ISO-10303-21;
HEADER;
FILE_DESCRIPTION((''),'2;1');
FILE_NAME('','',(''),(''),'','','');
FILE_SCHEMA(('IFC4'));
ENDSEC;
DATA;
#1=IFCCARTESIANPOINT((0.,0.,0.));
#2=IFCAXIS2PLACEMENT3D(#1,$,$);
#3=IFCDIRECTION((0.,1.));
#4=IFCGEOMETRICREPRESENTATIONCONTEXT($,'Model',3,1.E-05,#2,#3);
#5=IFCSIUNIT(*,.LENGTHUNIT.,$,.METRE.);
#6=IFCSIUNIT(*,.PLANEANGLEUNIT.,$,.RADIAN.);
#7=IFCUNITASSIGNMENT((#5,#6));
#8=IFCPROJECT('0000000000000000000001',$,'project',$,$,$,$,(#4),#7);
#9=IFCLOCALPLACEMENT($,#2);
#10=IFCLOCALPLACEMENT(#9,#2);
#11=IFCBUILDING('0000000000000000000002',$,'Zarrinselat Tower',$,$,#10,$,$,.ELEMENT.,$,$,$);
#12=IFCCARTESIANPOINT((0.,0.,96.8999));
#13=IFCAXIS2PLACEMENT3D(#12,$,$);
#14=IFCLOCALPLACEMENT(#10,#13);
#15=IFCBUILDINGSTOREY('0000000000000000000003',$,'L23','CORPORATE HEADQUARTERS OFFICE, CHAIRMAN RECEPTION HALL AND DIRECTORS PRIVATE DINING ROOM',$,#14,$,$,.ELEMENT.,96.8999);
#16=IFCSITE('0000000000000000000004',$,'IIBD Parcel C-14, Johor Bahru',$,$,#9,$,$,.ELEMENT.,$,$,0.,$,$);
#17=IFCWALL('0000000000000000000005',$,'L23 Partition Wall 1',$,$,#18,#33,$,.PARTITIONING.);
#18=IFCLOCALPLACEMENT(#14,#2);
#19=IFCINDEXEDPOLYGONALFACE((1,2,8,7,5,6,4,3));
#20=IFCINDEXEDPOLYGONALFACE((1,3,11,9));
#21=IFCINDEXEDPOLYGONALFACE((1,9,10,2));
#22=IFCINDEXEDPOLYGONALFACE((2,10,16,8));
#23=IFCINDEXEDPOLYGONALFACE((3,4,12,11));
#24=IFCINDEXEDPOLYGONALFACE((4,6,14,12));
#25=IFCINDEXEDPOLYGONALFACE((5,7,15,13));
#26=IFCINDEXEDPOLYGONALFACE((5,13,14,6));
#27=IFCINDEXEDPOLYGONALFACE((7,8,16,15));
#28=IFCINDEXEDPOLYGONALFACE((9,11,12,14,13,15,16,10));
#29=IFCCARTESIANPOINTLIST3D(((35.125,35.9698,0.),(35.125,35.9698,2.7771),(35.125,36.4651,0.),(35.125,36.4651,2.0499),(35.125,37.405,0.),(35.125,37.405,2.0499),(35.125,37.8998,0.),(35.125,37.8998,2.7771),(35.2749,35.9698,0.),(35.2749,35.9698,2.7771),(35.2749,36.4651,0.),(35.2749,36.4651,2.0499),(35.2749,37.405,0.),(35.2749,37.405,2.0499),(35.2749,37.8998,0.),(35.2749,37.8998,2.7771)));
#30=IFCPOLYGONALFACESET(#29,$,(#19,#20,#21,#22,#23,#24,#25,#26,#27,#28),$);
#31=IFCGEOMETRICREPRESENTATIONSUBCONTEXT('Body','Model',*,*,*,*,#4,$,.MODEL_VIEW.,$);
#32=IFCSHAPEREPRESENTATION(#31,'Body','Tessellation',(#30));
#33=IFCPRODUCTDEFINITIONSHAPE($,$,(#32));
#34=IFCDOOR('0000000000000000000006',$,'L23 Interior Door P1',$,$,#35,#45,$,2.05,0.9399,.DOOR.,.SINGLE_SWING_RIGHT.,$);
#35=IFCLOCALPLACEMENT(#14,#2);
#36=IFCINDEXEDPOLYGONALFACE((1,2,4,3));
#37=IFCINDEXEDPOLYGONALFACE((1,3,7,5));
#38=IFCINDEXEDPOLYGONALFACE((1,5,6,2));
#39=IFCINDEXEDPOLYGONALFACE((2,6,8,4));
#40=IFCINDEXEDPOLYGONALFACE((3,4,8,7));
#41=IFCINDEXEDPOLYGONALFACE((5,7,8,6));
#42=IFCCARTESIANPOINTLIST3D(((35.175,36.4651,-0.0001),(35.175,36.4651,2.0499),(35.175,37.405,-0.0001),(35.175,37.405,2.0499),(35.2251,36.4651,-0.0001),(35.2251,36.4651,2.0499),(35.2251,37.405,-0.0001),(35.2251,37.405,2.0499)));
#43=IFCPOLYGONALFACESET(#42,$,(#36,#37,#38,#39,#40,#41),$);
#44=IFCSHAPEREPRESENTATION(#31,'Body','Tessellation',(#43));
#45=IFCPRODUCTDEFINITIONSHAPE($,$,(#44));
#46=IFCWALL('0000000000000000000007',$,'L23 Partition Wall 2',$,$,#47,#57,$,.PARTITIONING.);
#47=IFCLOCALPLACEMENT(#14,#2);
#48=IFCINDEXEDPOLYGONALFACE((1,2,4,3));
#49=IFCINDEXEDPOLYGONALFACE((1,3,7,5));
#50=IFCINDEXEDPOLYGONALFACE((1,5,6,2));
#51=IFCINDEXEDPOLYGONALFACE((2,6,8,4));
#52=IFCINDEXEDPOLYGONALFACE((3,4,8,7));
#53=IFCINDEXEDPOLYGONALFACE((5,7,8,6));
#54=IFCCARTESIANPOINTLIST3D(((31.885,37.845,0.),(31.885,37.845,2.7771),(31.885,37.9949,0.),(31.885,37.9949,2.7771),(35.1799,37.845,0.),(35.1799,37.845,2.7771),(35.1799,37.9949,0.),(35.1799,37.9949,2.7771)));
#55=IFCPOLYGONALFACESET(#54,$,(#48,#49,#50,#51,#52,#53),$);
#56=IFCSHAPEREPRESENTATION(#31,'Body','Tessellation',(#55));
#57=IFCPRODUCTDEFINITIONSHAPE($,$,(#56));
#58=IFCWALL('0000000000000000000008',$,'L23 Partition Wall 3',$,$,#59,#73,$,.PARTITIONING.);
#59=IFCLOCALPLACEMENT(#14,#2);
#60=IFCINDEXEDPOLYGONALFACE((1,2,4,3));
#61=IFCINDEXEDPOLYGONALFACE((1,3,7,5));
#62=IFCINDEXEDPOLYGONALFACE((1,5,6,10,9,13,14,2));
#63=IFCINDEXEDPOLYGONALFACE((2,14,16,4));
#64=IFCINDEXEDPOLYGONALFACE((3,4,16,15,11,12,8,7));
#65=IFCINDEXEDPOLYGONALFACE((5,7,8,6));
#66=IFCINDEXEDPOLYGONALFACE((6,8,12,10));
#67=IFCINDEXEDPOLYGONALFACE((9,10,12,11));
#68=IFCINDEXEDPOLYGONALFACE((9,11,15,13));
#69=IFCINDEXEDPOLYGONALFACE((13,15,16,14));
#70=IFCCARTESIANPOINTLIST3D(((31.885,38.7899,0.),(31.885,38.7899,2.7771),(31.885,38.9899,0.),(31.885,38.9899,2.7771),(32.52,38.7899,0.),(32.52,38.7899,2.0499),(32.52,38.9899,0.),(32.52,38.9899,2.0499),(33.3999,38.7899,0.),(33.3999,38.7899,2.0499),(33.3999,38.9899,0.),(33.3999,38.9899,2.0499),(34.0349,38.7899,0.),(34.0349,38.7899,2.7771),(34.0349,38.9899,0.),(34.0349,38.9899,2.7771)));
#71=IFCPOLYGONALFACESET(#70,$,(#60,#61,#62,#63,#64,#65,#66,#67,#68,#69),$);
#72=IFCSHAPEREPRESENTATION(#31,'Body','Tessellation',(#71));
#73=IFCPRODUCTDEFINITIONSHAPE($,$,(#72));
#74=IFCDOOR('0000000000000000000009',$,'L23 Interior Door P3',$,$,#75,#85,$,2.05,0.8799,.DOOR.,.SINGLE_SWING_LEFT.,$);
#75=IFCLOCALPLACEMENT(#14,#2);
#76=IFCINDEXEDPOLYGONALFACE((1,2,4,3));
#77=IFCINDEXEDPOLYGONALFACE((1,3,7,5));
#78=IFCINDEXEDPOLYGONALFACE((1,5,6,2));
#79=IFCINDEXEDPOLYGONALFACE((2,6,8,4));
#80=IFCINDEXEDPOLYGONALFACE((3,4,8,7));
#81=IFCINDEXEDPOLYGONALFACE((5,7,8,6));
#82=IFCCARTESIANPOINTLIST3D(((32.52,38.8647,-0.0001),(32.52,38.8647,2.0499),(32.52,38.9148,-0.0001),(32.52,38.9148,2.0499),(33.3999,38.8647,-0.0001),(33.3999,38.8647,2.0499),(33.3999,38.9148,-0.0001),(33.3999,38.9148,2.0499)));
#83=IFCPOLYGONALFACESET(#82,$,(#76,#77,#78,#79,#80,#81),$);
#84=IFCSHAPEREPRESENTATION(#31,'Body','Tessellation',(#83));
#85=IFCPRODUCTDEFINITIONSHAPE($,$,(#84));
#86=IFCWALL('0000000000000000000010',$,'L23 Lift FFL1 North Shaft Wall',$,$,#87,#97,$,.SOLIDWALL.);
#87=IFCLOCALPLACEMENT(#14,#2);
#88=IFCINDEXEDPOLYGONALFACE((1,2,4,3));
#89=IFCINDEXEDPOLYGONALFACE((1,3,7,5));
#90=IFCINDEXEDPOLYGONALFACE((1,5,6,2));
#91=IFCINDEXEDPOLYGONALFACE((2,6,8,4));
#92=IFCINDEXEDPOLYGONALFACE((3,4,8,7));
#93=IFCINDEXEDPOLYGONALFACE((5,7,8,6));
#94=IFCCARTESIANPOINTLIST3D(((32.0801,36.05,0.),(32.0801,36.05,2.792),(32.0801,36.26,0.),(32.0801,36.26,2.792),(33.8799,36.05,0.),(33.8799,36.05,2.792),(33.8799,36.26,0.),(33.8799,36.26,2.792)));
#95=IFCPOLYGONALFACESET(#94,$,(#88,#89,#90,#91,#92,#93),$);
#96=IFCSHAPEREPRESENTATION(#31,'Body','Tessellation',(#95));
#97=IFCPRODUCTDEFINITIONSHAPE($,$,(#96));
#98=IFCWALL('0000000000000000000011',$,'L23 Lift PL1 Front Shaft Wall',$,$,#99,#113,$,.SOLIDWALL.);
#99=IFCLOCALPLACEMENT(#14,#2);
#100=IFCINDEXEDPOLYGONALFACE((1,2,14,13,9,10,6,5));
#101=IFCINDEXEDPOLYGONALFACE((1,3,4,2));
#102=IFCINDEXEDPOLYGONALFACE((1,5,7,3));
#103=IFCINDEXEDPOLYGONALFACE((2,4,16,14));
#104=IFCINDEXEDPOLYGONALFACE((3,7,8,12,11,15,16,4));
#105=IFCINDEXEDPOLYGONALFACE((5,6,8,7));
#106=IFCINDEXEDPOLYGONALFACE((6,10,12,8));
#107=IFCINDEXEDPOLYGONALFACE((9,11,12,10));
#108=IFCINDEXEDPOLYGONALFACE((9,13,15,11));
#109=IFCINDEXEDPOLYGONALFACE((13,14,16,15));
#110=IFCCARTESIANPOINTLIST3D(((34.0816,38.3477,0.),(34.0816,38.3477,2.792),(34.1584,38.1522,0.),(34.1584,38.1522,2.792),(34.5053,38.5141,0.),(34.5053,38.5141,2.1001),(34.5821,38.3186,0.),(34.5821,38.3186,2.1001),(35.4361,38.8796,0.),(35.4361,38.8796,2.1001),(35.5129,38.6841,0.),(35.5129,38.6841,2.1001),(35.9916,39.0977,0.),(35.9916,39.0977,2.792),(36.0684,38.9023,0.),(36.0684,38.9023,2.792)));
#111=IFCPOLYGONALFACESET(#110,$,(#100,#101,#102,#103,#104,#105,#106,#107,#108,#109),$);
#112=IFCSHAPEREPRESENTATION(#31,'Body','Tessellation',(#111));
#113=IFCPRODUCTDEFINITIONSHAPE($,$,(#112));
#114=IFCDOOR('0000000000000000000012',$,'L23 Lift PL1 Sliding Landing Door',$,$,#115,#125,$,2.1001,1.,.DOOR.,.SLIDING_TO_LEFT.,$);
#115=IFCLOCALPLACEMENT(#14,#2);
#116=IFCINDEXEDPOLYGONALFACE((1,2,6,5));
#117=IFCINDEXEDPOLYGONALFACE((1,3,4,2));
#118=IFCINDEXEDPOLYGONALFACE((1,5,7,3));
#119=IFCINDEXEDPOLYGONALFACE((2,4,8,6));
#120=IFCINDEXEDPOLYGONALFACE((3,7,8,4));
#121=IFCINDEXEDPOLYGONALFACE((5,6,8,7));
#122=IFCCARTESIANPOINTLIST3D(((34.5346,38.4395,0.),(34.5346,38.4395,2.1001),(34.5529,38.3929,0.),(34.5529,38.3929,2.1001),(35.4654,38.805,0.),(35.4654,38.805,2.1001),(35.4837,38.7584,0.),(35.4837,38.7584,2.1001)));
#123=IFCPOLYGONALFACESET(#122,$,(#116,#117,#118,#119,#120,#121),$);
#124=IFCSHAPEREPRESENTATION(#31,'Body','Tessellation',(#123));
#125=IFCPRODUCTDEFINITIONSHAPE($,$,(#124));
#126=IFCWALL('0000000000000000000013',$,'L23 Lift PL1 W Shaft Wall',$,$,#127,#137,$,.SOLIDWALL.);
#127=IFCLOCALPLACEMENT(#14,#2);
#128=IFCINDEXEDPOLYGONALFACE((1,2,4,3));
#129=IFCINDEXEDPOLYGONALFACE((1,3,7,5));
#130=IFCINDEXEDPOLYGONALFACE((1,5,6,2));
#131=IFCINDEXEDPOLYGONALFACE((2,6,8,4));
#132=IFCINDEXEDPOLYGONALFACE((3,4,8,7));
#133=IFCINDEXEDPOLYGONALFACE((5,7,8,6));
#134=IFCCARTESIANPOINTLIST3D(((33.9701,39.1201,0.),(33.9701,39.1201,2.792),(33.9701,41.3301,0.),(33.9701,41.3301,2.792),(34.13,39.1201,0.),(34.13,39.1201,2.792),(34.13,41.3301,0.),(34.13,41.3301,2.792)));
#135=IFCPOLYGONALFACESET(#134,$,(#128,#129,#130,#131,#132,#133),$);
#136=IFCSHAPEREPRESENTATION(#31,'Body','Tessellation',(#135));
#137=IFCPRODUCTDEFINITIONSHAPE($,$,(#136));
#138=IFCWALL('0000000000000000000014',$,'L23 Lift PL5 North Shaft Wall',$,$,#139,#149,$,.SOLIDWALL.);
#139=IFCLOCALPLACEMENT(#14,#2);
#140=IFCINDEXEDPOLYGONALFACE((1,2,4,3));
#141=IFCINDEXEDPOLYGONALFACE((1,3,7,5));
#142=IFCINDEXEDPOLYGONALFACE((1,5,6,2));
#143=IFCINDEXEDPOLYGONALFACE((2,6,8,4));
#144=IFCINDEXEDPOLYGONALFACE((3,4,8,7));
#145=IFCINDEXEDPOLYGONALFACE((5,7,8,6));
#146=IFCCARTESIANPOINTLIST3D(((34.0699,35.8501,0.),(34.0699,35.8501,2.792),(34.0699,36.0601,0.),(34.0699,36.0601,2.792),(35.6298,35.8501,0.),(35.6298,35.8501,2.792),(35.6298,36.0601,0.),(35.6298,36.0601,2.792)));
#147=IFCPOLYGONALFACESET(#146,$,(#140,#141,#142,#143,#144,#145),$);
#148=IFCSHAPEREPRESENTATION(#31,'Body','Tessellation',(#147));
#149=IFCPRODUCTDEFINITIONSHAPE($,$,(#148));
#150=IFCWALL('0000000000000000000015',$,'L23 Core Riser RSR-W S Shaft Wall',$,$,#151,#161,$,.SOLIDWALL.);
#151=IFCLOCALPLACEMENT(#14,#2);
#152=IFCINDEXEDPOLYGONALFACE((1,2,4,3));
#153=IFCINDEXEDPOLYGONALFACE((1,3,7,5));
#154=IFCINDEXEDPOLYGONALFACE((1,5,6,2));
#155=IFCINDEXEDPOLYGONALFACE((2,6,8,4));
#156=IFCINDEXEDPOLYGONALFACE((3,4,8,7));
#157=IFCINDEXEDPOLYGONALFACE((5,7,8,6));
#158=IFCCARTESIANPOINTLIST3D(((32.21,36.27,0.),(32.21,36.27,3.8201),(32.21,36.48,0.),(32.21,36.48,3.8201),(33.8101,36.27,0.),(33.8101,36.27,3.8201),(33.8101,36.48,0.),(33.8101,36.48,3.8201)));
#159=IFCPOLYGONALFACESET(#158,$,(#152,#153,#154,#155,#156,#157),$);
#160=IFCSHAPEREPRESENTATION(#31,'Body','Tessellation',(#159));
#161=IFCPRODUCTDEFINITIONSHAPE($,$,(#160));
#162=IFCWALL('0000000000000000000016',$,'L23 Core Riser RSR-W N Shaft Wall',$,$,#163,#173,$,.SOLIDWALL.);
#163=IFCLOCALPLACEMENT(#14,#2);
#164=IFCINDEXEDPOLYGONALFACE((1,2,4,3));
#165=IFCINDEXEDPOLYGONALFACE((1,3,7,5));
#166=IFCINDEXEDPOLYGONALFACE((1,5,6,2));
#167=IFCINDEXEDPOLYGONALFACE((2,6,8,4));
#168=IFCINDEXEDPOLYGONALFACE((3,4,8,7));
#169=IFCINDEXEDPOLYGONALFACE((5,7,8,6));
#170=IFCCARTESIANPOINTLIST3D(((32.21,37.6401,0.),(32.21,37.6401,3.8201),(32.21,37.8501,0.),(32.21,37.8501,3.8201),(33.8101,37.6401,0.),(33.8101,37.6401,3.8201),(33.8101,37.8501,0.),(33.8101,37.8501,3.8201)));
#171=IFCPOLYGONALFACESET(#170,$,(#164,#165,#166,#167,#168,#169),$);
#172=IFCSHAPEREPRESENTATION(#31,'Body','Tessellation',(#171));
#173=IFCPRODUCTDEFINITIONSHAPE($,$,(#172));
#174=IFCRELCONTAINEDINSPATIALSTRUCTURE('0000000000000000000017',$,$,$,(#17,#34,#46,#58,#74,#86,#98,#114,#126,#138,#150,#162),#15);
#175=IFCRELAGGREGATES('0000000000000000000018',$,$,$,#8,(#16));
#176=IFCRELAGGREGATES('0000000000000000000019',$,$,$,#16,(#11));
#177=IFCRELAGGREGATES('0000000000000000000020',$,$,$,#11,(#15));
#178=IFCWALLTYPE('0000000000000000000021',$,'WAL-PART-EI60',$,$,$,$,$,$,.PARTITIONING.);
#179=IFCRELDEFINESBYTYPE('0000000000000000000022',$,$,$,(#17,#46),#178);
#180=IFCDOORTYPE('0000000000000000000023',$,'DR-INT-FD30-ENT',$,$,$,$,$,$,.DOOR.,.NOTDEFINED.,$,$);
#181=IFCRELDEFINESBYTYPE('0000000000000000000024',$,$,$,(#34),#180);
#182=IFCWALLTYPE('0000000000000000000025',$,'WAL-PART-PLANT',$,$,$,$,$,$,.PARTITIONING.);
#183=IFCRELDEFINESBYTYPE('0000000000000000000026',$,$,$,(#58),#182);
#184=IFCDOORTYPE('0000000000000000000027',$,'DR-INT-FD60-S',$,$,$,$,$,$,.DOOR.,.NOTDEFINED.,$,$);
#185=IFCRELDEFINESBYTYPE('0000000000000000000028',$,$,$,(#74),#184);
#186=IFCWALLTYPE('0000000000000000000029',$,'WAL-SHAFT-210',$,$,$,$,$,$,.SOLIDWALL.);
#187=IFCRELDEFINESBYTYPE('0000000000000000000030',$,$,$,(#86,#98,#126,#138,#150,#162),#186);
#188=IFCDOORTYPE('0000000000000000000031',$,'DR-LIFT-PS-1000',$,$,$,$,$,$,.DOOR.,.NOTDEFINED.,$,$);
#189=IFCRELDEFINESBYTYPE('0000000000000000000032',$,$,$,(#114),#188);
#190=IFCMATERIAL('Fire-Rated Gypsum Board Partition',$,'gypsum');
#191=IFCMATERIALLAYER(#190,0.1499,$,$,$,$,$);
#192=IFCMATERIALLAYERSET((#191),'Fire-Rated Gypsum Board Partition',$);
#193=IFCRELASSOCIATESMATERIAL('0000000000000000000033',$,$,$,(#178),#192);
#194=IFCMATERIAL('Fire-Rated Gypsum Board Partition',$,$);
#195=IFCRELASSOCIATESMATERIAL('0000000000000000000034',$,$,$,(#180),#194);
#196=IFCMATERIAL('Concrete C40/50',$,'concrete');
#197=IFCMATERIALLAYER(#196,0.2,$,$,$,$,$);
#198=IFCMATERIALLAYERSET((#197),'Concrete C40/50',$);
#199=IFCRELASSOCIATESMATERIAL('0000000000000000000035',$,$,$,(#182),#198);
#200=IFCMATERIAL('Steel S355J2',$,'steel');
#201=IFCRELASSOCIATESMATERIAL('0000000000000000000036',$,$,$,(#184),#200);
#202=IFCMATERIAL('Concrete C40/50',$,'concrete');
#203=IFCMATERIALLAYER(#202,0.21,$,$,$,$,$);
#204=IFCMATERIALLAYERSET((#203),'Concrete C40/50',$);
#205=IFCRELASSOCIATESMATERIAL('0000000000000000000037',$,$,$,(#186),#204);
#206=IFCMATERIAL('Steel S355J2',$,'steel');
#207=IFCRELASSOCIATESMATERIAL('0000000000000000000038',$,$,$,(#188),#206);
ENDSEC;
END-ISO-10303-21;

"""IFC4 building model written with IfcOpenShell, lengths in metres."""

from ifc_helpers import new_model, si_unit, direction, frame, frame_2d, origin, place, context, subcontext, project, spatial, rectangle, extrude, material, layer, layer_set, type_object, element, fill, save


model = new_model("IFC4")

# Units and contexts
model_context = context("Model", 3, precision=1e-05, world=origin(), true_north=direction((0.0, 1.0)))
body_context = subcontext(model_context, "Body", "Model", "MODEL_VIEW")
ifc_project = project(units=[si_unit("LENGTHUNIT", "METRE"), si_unit("PLANEANGLEUNIT", "RADIAN")], contexts=[model_context])

# Site, building, storey
site_placement = place(None, origin())
site = spatial("IfcSite", under=ifc_project, at=site_placement, Name="IIBD Parcel C-14, Johor Bahru", CompositionType="ELEMENT", RefElevation=0.0)
building_placement = place(site_placement, origin())
building = spatial("IfcBuilding", under=site, at=building_placement, Name="Zarrinselat Tower", CompositionType="ELEMENT")
storey_placement = place(building_placement, frame((0.0, 0.0, 96.8999)))
storey = spatial("IfcBuildingStorey", under=building, at=storey_placement, Name="L23", Description="CORPORATE HEADQUARTERS OFFICE, CHAIRMAN RECEPTION HALL AND DIRECTORS PRIVATE DINING ROOM", CompositionType="ELEMENT", Elevation=96.8999)

# Wall, opening, door
ifc_material_1 = material(Name="Fire-Rated Gypsum Board Partition", Category="gypsum")
ifc_layer_1 = layer(ifc_material_1, 0.1499)
ifc_layer_set_1 = layer_set([ifc_layer_1], Name="Fire-Rated Gypsum Board Partition")
wall_type_1 = type_object("IfcWallType", Name="WAL-PART-EI60", PredefinedType="PARTITIONING", material=ifc_layer_set_1)
wall_1_placement = place(storey_placement, frame((35.2, 35.97, 0.0), z_axis=(0.0, 0.0, 1.0), x_axis=(0.0, 1.0, 0.0)))
wall_1 = element("IfcWall", 1, at=wall_1_placement, inside=storey, type_object=wall_type_1, Name="L23 Partition Wall 1", PredefinedType="PARTITIONING", context=body_context, shape_type="SweptSolid", body=[
    extrude(rectangle(XDim=1.9299, YDim=0.1499, at=frame_2d((0.9648, 0.0))), origin(), (0.0, 0.0, 1.0), 2.7771),
])
opening_1_placement = place(wall_1_placement, frame((0.4951, 0.0, 0.0)))
opening_1 = element("IfcOpeningElement", 2, at=opening_1_placement, cuts=wall_1, PredefinedType="OPENING", context=body_context, shape_type="SweptSolid", body=[
    extrude(rectangle(XDim=0.9399, YDim=2.05, at=frame_2d((0.47, 1.0249))), frame((0.0, 0.085, 0.0), z_axis=(0.0, -1.0, 0.0), x_axis=(1.0, 0.0, 0.0)), (0.0, 0.0, 1.0), 0.1699),
])
ifc_material_2 = material(Name="Fire-Rated Gypsum Board Partition")
door_type_1 = type_object("IfcDoorType", Name="DR-INT-FD30-ENT", OperationType="NOTDEFINED", PredefinedType="DOOR", material=ifc_material_2)
door_1_placement = place(opening_1_placement, origin())
door_1 = element("IfcDoor", 3, at=door_1_placement, inside=storey, type_object=door_type_1, Name="L23 Interior Door P1", OperationType="SINGLE_SWING_RIGHT", OverallHeight=2.05, OverallWidth=0.9399, PredefinedType="DOOR", context=body_context, shape_type="SweptSolid", body=[
    extrude(rectangle(XDim=0.9399, YDim=2.05, at=frame_2d((0.47, 1.0249))), frame((0.0, 0.0249, 0.0), z_axis=(0.0, -1.0, 0.0), x_axis=(1.0, 0.0, 0.0)), (0.0, 0.0, 1.0), 0.05),
])
fill(opening_1, door_1)

# Wall
wall_2_placement = place(storey_placement, frame((31.885, 37.9199, 0.0), z_axis=(0.0, 0.0, 1.0), x_axis=(1.0, 0.0, 0.0)))
element("IfcWall", 4, at=wall_2_placement, inside=storey, type_object=wall_type_1, Name="L23 Partition Wall 2", PredefinedType="PARTITIONING", context=body_context, shape_type="SweptSolid", body=[
    extrude(rectangle(XDim=3.2949, YDim=0.1499, at=frame_2d((1.6475, 0.0))), origin(), (0.0, 0.0, 1.0), 2.7771),
])

# Wall, opening, door
ifc_material_3 = material(Name="Concrete C40/50", Category="concrete")
ifc_layer_2 = layer(ifc_material_3, 0.2)
ifc_layer_set_2 = layer_set([ifc_layer_2], Name="Concrete C40/50")
wall_type_2 = type_object("IfcWallType", Name="WAL-PART-PLANT", PredefinedType="PARTITIONING", material=ifc_layer_set_2)
wall_3_placement = place(storey_placement, frame((31.885, 38.8899, 0.0), z_axis=(0.0, 0.0, 1.0), x_axis=(1.0, 0.0, 0.0)))
wall_3 = element("IfcWall", 5, at=wall_3_placement, inside=storey, type_object=wall_type_2, Name="L23 Partition Wall 3", PredefinedType="PARTITIONING", context=body_context, shape_type="SweptSolid", body=[
    extrude(rectangle(XDim=2.1499, YDim=0.2, at=frame_2d((1.075, 0.0))), origin(), (0.0, 0.0, 1.0), 2.7771),
])
opening_2_placement = place(wall_3_placement, frame((0.635, 0.0, 0.0)))
opening_2 = element("IfcOpeningElement", 6, at=opening_2_placement, cuts=wall_3, PredefinedType="OPENING", context=body_context, shape_type="SweptSolid", body=[
    extrude(rectangle(XDim=0.8799, YDim=2.05, at=frame_2d((0.4399, 1.0249))), frame((0.0, 0.1099, 0.0), z_axis=(0.0, -1.0, 0.0), x_axis=(1.0, 0.0, 0.0)), (0.0, 0.0, 1.0), 0.22),
])
ifc_material_4 = material(Name="Steel S355J2", Category="steel")
door_type_2 = type_object("IfcDoorType", Name="DR-INT-FD60-S", OperationType="NOTDEFINED", PredefinedType="DOOR", material=ifc_material_4)
door_2_placement = place(opening_2_placement, origin())
door_2 = element("IfcDoor", 7, at=door_2_placement, inside=storey, type_object=door_type_2, Name="L23 Interior Door P3", OperationType="SINGLE_SWING_LEFT", OverallHeight=2.05, OverallWidth=0.8799, PredefinedType="DOOR", context=body_context, shape_type="SweptSolid", body=[
    extrude(rectangle(XDim=0.8799, YDim=2.05, at=frame_2d((0.4399, 1.0249))), frame((0.0, 0.0249, 0.0), z_axis=(0.0, -1.0, 0.0), x_axis=(1.0, 0.0, 0.0)), (0.0, 0.0, 1.0), 0.05),
])
fill(opening_2, door_2)

# Wall
ifc_material_5 = material(Name="Concrete C40/50", Category="concrete")
ifc_layer_3 = layer(ifc_material_5, 0.21)
ifc_layer_set_3 = layer_set([ifc_layer_3], Name="Concrete C40/50")
wall_type_3 = type_object("IfcWallType", Name="WAL-SHAFT-210", PredefinedType="SOLIDWALL", material=ifc_layer_set_3)
wall_4_placement = place(storey_placement, frame((32.0801, 36.155, 0.0), z_axis=(0.0, 0.0, 1.0), x_axis=(1.0, 0.0, 0.0)))
element("IfcWall", 8, at=wall_4_placement, inside=storey, type_object=wall_type_3, Name="L23 Lift FFL1 North Shaft Wall", PredefinedType="SOLIDWALL", context=body_context, shape_type="SweptSolid", body=[
    extrude(rectangle(XDim=1.7998, YDim=0.21, at=frame_2d((0.8999, 0.0))), origin(), (0.0, 0.0, 1.0), 2.792),
])

# Wall, opening, door
wall_5_placement = place(storey_placement, frame((34.1201, 38.25, 0.0), z_axis=(0.0, 0.0, 1.0), x_axis=(0.930805, 0.365516, 0.0)))
wall_5 = element("IfcWall", 9, at=wall_5_placement, inside=storey, type_object=wall_type_3, Name="L23 Lift PL1 Front Shaft Wall", PredefinedType="SOLIDWALL", context=body_context, shape_type="SweptSolid", body=[
    extrude(rectangle(XDim=2.052, YDim=0.21, at=frame_2d((1.0259, 0.0))), origin(), (0.0, 0.0, 1.0), 2.792),
])
opening_3_placement = place(wall_5_placement, frame((0.4551, 0.0, 0.0)))
opening_3 = element("IfcOpeningElement", 10, at=opening_3_placement, cuts=wall_5, PredefinedType="OPENING", context=body_context, shape_type="SweptSolid", body=[
    extrude(rectangle(XDim=1.0, YDim=2.1001, at=frame_2d((0.5, 1.05))), frame((0.0, 0.115, 0.0), z_axis=(0.0, -1.0, 0.0), x_axis=(1.0, 0.0, 0.0)), (0.0, 0.0, 1.0), 0.23),
])
ifc_material_6 = material(Name="Steel S355J2", Category="steel")
door_type_3 = type_object("IfcDoorType", Name="DR-LIFT-PS-1000", OperationType="NOTDEFINED", PredefinedType="DOOR", material=ifc_material_6)
door_3_placement = place(opening_3_placement, origin())
door_3 = element("IfcDoor", 11, at=door_3_placement, inside=storey, type_object=door_type_3, Name="L23 Lift PL1 Sliding Landing Door", OperationType="SLIDING_TO_LEFT", OverallHeight=2.1001, OverallWidth=1.0, PredefinedType="DOOR", context=body_context, shape_type="SweptSolid", body=[
    extrude(rectangle(XDim=1.0, YDim=2.1001, at=frame_2d((0.5, 1.05))), frame((0.0, 0.0249, 0.0), z_axis=(0.0, -1.0, 0.0), x_axis=(1.0, 0.0, 0.0)), (0.0, 0.0, 1.0), 0.05),
])
fill(opening_3, door_3)

# Walls
wall_6_placement = place(storey_placement, frame((34.05, 39.1201, 0.0), z_axis=(0.0, 0.0, 1.0), x_axis=(0.0, 1.0, 0.0)))
element("IfcWall", 12, at=wall_6_placement, inside=storey, type_object=wall_type_3, Name="L23 Lift PL1 W Shaft Wall", PredefinedType="SOLIDWALL", context=body_context, shape_type="SweptSolid", body=[
    extrude(rectangle(XDim=2.21, YDim=0.1599, at=frame_2d((1.105, 0.0))), origin(), (0.0, 0.0, 1.0), 2.792),
])
wall_7_placement = place(storey_placement, frame((34.0701, 35.9551, 0.0), z_axis=(0.0, 0.0, 1.0), x_axis=(1.0, 0.0, 0.0)))
element("IfcWall", 13, at=wall_7_placement, inside=storey, type_object=wall_type_3, Name="L23 Lift PL5 North Shaft Wall", PredefinedType="SOLIDWALL", context=body_context, shape_type="SweptSolid", body=[
    extrude(rectangle(XDim=1.5598, YDim=0.21, at=frame_2d((0.7798, 0.0))), origin(), (0.0, 0.0, 1.0), 2.792),
])
for number, where, z_axis, x_axis, name in (
    (14, (32.21, 36.375, 0.0), (0.0, 0.0, 1.0), (1.0, 0.0, 0.0), "L23 Core Riser RSR-W S Shaft Wall"),
    (15, (32.21, 37.7451, 0.0), (0.0, 0.0, 1.0), (1.0, 0.0, 0.0), "L23 Core Riser RSR-W N Shaft Wall"),
):
    element("IfcWall", number, at=place(storey_placement, frame(where, z_axis=z_axis, x_axis=x_axis)), inside=storey, type_object=wall_type_3, Name=name, PredefinedType="SOLIDWALL", context=body_context, shape_type="SweptSolid", body=[
        extrude(rectangle(XDim=1.6001, YDim=0.21, at=frame_2d((0.8, 0.0))), origin(), (0.0, 0.0, 1.0), 3.8201),
    ])

save(model, "model.ifc")
